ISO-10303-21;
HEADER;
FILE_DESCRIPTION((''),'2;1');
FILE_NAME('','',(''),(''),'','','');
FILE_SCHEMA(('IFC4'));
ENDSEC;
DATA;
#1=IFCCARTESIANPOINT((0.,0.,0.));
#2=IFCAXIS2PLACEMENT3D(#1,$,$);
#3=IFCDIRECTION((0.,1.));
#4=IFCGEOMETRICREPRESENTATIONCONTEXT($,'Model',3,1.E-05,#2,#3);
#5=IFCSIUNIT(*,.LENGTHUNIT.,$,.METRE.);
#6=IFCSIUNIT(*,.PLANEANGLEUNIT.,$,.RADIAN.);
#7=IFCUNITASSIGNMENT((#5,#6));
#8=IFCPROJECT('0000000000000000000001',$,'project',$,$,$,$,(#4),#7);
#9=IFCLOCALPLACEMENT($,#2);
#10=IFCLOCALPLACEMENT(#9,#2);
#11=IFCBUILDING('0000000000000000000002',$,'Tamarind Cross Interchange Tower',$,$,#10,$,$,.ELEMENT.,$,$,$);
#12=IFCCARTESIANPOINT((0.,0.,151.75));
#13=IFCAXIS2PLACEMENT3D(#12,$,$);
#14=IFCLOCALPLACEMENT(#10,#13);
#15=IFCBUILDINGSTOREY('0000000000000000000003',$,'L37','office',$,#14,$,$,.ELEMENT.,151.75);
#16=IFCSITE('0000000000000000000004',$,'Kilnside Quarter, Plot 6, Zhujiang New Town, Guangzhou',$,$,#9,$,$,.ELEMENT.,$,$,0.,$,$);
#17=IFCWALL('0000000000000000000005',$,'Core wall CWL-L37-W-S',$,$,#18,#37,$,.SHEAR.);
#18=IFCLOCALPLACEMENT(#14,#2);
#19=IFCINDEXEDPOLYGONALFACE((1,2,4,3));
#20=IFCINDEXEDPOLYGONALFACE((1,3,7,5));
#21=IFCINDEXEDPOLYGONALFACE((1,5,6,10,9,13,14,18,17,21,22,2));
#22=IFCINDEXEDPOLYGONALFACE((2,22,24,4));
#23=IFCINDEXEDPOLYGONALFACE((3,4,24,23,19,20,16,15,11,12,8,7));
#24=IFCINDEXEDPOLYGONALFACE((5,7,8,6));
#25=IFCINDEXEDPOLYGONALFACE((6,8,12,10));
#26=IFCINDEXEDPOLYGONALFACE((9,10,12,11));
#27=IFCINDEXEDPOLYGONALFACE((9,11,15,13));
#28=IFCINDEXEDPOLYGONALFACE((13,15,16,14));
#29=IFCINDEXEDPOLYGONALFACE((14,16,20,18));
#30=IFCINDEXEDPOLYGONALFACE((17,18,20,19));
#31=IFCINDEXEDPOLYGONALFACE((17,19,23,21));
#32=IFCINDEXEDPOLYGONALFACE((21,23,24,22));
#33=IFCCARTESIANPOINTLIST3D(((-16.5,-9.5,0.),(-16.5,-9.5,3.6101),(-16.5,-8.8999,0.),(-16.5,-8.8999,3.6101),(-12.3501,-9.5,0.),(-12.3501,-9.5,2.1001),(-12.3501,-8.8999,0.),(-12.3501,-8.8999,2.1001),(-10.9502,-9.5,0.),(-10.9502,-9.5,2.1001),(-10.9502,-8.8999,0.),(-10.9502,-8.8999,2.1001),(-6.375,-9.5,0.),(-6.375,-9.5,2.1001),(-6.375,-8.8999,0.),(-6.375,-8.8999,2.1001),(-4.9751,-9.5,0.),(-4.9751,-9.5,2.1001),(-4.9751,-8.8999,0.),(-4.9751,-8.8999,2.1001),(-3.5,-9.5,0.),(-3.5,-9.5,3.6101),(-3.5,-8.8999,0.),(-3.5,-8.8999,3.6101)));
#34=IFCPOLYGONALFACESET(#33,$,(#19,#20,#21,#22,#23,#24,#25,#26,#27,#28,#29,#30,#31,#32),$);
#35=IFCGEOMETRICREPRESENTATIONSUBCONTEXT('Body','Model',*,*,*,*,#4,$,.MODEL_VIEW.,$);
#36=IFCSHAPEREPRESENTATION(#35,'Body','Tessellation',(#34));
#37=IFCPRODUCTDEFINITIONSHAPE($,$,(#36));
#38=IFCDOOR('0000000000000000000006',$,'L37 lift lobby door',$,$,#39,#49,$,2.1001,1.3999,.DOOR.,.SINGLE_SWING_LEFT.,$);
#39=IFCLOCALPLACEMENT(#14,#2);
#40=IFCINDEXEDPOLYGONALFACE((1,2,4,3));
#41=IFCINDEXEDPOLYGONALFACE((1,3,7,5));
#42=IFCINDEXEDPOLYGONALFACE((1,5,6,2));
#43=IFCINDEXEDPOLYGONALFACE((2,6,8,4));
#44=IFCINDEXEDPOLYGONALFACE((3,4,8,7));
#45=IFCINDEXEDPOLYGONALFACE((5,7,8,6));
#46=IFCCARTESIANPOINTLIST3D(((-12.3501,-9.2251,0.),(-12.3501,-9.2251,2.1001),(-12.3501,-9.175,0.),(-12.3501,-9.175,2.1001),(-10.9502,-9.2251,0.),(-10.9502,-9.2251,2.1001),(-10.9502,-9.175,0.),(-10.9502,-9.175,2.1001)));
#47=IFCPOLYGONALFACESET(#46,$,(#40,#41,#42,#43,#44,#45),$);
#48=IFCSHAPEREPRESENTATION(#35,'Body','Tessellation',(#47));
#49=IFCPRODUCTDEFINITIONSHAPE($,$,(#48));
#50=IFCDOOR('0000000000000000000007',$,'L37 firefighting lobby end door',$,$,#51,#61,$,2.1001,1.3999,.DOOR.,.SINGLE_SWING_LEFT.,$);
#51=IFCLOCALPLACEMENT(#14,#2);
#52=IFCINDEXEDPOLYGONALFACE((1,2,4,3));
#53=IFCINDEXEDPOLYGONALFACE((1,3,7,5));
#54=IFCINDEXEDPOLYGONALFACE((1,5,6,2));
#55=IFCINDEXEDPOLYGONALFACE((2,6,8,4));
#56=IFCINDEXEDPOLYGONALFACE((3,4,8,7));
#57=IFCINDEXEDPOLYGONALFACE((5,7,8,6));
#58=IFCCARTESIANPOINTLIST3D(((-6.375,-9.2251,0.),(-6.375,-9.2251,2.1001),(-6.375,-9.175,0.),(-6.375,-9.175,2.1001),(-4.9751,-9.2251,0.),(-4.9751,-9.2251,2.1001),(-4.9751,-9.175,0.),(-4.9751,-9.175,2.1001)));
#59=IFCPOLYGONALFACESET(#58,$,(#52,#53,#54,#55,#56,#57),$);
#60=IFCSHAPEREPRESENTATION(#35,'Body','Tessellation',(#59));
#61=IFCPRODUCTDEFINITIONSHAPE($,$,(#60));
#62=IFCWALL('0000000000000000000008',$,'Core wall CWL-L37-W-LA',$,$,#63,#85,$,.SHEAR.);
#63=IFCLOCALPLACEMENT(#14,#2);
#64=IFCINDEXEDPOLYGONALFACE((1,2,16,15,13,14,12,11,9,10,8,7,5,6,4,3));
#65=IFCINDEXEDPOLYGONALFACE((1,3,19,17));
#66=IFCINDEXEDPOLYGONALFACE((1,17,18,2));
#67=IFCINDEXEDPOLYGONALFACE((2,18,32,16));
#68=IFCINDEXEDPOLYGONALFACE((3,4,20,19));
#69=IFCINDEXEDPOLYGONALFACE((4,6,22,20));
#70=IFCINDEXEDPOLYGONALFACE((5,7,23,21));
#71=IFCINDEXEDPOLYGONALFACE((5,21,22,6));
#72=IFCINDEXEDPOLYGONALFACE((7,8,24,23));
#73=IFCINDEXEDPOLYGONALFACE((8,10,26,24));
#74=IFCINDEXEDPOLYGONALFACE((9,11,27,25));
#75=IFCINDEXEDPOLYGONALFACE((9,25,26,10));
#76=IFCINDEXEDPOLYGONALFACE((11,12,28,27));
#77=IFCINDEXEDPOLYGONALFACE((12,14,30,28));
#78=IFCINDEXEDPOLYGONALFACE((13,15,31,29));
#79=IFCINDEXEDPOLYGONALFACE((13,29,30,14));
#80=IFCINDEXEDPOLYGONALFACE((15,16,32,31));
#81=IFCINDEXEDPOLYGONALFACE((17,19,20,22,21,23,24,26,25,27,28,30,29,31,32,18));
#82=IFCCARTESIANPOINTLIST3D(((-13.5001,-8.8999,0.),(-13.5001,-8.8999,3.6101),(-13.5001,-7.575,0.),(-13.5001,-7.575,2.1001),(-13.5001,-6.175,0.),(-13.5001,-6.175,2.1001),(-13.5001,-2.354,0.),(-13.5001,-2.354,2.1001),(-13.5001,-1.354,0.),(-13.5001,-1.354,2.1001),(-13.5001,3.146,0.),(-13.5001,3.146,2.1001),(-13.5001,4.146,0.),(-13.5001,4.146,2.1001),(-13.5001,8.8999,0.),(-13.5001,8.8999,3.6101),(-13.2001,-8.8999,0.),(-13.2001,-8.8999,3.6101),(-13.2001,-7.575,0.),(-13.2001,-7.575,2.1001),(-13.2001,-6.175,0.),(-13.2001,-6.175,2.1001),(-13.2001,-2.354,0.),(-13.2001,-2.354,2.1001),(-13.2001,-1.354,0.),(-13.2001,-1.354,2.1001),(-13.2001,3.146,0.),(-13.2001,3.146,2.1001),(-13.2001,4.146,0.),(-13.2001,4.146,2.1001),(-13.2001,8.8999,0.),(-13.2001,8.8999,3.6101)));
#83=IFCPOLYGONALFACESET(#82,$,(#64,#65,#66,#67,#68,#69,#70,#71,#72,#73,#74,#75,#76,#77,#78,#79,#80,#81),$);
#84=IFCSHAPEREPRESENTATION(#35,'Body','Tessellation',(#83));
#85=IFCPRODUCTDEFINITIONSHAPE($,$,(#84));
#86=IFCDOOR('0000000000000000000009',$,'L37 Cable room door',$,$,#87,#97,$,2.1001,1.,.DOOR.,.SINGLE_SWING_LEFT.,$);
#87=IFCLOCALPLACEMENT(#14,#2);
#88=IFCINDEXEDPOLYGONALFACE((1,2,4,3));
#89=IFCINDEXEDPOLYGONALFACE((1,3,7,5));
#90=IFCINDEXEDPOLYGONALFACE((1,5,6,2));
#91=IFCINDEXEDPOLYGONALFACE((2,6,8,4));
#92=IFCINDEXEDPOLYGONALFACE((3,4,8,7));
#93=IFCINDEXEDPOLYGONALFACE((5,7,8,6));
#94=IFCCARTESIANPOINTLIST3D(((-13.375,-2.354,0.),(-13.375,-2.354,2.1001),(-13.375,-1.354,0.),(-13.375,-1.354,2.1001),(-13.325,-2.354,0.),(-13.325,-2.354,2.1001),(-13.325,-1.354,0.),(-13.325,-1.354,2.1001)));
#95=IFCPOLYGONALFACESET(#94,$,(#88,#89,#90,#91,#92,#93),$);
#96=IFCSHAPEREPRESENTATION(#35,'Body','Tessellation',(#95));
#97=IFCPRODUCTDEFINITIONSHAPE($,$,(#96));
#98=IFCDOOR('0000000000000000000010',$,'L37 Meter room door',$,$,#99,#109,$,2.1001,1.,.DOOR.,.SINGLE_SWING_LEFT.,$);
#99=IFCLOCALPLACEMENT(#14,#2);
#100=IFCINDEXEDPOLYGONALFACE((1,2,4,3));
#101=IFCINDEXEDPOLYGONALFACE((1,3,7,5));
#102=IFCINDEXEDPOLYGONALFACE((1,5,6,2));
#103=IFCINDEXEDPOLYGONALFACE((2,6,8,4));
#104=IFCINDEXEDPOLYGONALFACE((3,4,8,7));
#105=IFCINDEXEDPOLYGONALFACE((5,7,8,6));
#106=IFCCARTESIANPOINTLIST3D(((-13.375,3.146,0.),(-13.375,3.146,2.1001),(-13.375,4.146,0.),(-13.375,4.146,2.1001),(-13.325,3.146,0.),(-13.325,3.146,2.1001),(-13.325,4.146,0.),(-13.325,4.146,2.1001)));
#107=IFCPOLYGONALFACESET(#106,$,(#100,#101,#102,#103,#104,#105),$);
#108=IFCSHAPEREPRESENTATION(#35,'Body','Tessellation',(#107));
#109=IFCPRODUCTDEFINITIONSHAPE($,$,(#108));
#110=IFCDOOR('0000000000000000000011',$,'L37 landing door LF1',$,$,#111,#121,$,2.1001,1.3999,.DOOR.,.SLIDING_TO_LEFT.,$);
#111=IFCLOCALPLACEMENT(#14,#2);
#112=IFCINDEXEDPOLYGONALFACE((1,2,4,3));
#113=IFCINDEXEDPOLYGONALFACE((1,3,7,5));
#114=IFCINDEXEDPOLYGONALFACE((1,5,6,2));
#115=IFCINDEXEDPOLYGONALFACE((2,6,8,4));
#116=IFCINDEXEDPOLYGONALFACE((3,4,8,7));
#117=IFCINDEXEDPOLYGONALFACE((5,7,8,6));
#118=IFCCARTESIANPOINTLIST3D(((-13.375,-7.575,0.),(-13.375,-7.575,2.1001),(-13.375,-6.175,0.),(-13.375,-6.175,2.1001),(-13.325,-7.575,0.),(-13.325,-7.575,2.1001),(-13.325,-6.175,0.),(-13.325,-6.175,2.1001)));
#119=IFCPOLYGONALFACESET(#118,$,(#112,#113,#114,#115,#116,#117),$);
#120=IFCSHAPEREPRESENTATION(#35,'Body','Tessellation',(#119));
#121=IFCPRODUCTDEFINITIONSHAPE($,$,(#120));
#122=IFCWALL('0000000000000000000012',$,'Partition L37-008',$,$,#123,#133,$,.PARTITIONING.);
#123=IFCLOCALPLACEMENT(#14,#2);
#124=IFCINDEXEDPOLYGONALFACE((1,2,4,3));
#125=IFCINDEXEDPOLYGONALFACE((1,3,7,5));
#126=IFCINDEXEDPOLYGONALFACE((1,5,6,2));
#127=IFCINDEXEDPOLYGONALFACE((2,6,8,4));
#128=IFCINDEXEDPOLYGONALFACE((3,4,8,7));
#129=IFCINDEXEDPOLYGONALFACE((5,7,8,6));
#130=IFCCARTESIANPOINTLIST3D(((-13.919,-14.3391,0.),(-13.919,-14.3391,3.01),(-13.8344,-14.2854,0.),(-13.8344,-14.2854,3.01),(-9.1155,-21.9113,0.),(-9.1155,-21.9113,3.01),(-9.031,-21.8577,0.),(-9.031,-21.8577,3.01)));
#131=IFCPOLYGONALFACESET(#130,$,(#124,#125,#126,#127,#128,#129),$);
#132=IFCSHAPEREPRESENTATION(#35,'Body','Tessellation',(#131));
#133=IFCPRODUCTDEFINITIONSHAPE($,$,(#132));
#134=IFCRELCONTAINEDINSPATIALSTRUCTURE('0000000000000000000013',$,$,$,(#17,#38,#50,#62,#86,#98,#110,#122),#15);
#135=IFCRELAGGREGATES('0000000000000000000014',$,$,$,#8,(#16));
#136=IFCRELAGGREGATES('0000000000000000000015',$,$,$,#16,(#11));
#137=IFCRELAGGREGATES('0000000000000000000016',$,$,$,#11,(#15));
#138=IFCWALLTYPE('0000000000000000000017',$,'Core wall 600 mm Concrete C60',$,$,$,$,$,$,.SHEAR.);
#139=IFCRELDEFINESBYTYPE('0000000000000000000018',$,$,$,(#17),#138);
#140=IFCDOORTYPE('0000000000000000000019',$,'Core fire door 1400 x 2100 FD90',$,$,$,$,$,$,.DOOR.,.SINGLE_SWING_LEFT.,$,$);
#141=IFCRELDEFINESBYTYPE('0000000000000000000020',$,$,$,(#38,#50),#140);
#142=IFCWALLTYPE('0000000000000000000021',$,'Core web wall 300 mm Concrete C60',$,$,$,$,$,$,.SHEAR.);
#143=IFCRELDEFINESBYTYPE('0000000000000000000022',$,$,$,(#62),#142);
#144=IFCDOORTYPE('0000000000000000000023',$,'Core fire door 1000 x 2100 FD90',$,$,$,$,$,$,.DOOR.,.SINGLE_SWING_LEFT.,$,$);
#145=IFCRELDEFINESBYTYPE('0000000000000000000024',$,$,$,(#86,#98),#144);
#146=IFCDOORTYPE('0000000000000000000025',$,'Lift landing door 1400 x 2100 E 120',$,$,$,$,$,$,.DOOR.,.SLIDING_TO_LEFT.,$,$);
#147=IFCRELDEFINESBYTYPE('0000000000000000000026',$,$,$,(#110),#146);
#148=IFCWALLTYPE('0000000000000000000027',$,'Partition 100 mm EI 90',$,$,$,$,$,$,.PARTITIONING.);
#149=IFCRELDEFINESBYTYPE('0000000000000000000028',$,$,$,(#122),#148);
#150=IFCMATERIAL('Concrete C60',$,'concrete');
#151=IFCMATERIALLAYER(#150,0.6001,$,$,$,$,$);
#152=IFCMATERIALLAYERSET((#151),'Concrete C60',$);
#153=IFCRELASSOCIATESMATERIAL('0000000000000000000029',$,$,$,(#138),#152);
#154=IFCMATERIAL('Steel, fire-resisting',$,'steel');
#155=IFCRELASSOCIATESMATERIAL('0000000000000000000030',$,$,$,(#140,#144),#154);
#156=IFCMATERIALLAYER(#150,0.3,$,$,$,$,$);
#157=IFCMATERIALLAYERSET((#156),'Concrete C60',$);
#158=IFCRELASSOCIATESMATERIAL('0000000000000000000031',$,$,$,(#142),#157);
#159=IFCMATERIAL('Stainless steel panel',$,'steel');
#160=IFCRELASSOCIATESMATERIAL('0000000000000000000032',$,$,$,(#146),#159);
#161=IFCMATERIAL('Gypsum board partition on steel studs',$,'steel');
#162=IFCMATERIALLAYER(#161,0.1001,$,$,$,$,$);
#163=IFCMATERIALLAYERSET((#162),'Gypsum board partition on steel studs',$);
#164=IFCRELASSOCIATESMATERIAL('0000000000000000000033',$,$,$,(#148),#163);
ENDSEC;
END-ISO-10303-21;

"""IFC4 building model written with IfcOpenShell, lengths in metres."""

from ifc_helpers import new_model, si_unit, direction, frame, frame_2d, origin, place, context, subcontext, project, spatial, rectangle, extrude, material, layer, layer_set, type_object, element, fill, save


model = new_model("IFC4")

# Units and contexts
model_context = context("Model", 3, precision=1e-05, world=origin(), true_north=direction((0.0, 1.0)))
body_context = subcontext(model_context, "Body", "Model", "MODEL_VIEW")
ifc_project = project(units=[si_unit("LENGTHUNIT", "METRE"), si_unit("PLANEANGLEUNIT", "RADIAN")], contexts=[model_context])

# Site, building, storey
site_placement = place(None, origin())
site = spatial("IfcSite", under=ifc_project, at=site_placement, Name="Kilnside Quarter, Plot 6, Zhujiang New Town, Guangzhou", CompositionType="ELEMENT", RefElevation=0.0)
building_placement = place(site_placement, origin())
building = spatial("IfcBuilding", under=site, at=building_placement, Name="Tamarind Cross Interchange Tower", CompositionType="ELEMENT")
storey_placement = place(building_placement, frame((0.0, 0.0, 151.75)))
storey = spatial("IfcBuildingStorey", under=building, at=storey_placement, Name="L37", Description="office", CompositionType="ELEMENT", Elevation=151.75)

# Shared definitions
ifc_material_1 = material(Name="Concrete C60", Category="concrete")

# Walls, openings, doors
ifc_layer_1 = layer(ifc_material_1, 0.6001)
ifc_layer_set_1 = layer_set([ifc_layer_1], Name="Concrete C60")
wall_type_1 = type_object("IfcWallType", Name="Core wall 600 mm Concrete C60", PredefinedType="SHEAR", material=ifc_layer_set_1)
wall_1_placement = place(storey_placement, frame((-16.5, -9.2, 0.0), z_axis=(0.0, 0.0, 1.0), x_axis=(1.0, 0.0, 0.0)))
wall_1 = element("IfcWall", 1, at=wall_1_placement, inside=storey, type_object=wall_type_1, Name="Core wall CWL-L37-W-S", PredefinedType="SHEAR", context=body_context, shape_type="SweptSolid", body=[
    extrude(rectangle(XDim=13.0, YDim=0.6001, at=frame_2d((6.5, 0.0))), origin(), (0.0, 0.0, 1.0), 3.6101),
])
opening_1_placement = place(wall_1_placement, frame((4.1499, 0.0, 0.0)))
opening_1 = element("IfcOpeningElement", 2, at=opening_1_placement, cuts=wall_1, PredefinedType="OPENING", context=body_context, shape_type="SweptSolid", body=[
    extrude(rectangle(XDim=1.3999, YDim=2.1001, at=frame_2d((0.7, 1.05))), frame((0.0, 0.3101, 0.0), z_axis=(0.0, -1.0, 0.0), x_axis=(1.0, 0.0, 0.0)), (0.0, 0.0, 1.0), 0.6201),
])
opening_2_placement = place(wall_1_placement, frame((10.125, 0.0, 0.0)))
opening_2 = element("IfcOpeningElement", 3, at=opening_2_placement, cuts=wall_1, PredefinedType="OPENING", context=body_context, shape_type="SweptSolid", body=[
    extrude(rectangle(XDim=1.3999, YDim=2.1001, at=frame_2d((0.7, 1.05))), frame((0.0, 0.3101, 0.0), z_axis=(0.0, -1.0, 0.0), x_axis=(1.0, 0.0, 0.0)), (0.0, 0.0, 1.0), 0.6201),
])
ifc_material_2 = material(Name="Steel, fire-resisting", Category="steel")
door_type_1 = type_object("IfcDoorType", Name="Core fire door 1400 x 2100 FD90", OperationType="SINGLE_SWING_LEFT", PredefinedType="DOOR", material=ifc_material_2)
door_1_placement = place(opening_1_placement, origin())
door_1 = element("IfcDoor", 4, at=door_1_placement, inside=storey, type_object=door_type_1, Name="L37 lift lobby door", OperationType="SINGLE_SWING_LEFT", OverallHeight=2.1001, OverallWidth=1.3999, PredefinedType="DOOR", context=body_context, shape_type="SweptSolid", body=[
    extrude(rectangle(XDim=1.3999, YDim=2.1001, at=frame_2d((0.7, 1.05))), frame((0.0, 0.0249, 0.0), z_axis=(0.0, -1.0, 0.0), x_axis=(1.0, 0.0, 0.0)), (0.0, 0.0, 1.0), 0.05),
])
fill(opening_1, door_1)
door_2_placement = place(opening_2_placement, origin())
door_2 = element("IfcDoor", 5, at=door_2_placement, inside=storey, type_object=door_type_1, Name="L37 firefighting lobby end door", OperationType="SINGLE_SWING_LEFT", OverallHeight=2.1001, OverallWidth=1.3999, PredefinedType="DOOR", context=body_context, shape_type="SweptSolid", body=[
    extrude(rectangle(XDim=1.3999, YDim=2.1001, at=frame_2d((0.7, 1.05))), frame((0.0, 0.0249, 0.0), z_axis=(0.0, -1.0, 0.0), x_axis=(1.0, 0.0, 0.0)), (0.0, 0.0, 1.0), 0.05),
])
fill(opening_2, door_2)
ifc_layer_2 = layer(ifc_material_1, 0.3)
ifc_layer_set_2 = layer_set([ifc_layer_2], Name="Concrete C60")
wall_type_2 = type_object("IfcWallType", Name="Core web wall 300 mm Concrete C60", PredefinedType="SHEAR", material=ifc_layer_set_2)
wall_2_placement = place(storey_placement, frame((-13.3501, -8.8999, 0.0), z_axis=(0.0, 0.0, 1.0), x_axis=(0.0, 1.0, 0.0)))
wall_2 = element("IfcWall", 6, at=wall_2_placement, inside=storey, type_object=wall_type_2, Name="Core wall CWL-L37-W-LA", PredefinedType="SHEAR", context=body_context, shape_type="SweptSolid", body=[
    extrude(rectangle(XDim=17.7998, YDim=0.3, at=frame_2d((8.8999, 0.0))), origin(), (0.0, 0.0, 1.0), 3.6101),
])
opening_3_placement = place(wall_2_placement, frame((1.325, 0.0, 0.0)))
opening_3 = element("IfcOpeningElement", 7, at=opening_3_placement, cuts=wall_2, PredefinedType="OPENING", context=body_context, shape_type="SweptSolid", body=[
    extrude(rectangle(XDim=1.3999, YDim=2.1001, at=frame_2d((0.7, 1.05))), frame((0.0, 0.1599, 0.0), z_axis=(0.0, -1.0, 0.0), x_axis=(1.0, 0.0, 0.0)), (0.0, 0.0, 1.0), 0.3201),
])
opening_4_placement = place(wall_2_placement, frame((6.5459, 0.0, 0.0)))
opening_4 = element("IfcOpeningElement", 8, at=opening_4_placement, cuts=wall_2, PredefinedType="OPENING", context=body_context, shape_type="SweptSolid", body=[
    extrude(rectangle(XDim=1.0, YDim=2.1001, at=frame_2d((0.5, 1.05))), frame((0.0, 0.1599, 0.0), z_axis=(0.0, -1.0, 0.0), x_axis=(1.0, 0.0, 0.0)), (0.0, 0.0, 1.0), 0.3201),
])
opening_5_placement = place(wall_2_placement, frame((12.0459, 0.0, 0.0)))
opening_5 = element("IfcOpeningElement", 9, at=opening_5_placement, cuts=wall_2, PredefinedType="OPENING", context=body_context, shape_type="SweptSolid", body=[
    extrude(rectangle(XDim=1.0, YDim=2.1001, at=frame_2d((0.5, 1.05))), frame((0.0, 0.1599, 0.0), z_axis=(0.0, -1.0, 0.0), x_axis=(1.0, 0.0, 0.0)), (0.0, 0.0, 1.0), 0.3201),
])
door_type_2 = type_object("IfcDoorType", Name="Core fire door 1000 x 2100 FD90", OperationType="SINGLE_SWING_LEFT", PredefinedType="DOOR", material=ifc_material_2)
door_3_placement = place(opening_4_placement, origin())
door_3 = element("IfcDoor", 10, at=door_3_placement, inside=storey, type_object=door_type_2, Name="L37 Cable room door", OperationType="SINGLE_SWING_LEFT", OverallHeight=2.1001, OverallWidth=1.0, PredefinedType="DOOR", context=body_context, shape_type="SweptSolid", body=[
    extrude(rectangle(XDim=1.0, YDim=2.1001, at=frame_2d((0.5, 1.05))), frame((0.0, 0.0249, 0.0), z_axis=(0.0, -1.0, 0.0), x_axis=(1.0, 0.0, 0.0)), (0.0, 0.0, 1.0), 0.05),
])
fill(opening_4, door_3)
door_4_placement = place(opening_5_placement, origin())
door_4 = element("IfcDoor", 11, at=door_4_placement, inside=storey, type_object=door_type_2, Name="L37 Meter room door", OperationType="SINGLE_SWING_LEFT", OverallHeight=2.1001, OverallWidth=1.0, PredefinedType="DOOR", context=body_context, shape_type="SweptSolid", body=[
    extrude(rectangle(XDim=1.0, YDim=2.1001, at=frame_2d((0.5, 1.05))), frame((0.0, 0.0249, 0.0), z_axis=(0.0, -1.0, 0.0), x_axis=(1.0, 0.0, 0.0)), (0.0, 0.0, 1.0), 0.05),
])
fill(opening_5, door_4)
ifc_material_3 = material(Name="Stainless steel panel", Category="steel")
door_type_3 = type_object("IfcDoorType", Name="Lift landing door 1400 x 2100 E 120", OperationType="SLIDING_TO_LEFT", PredefinedType="DOOR", material=ifc_material_3)
door_5_placement = place(opening_3_placement, origin())
door_5 = element("IfcDoor", 12, at=door_5_placement, inside=storey, type_object=door_type_3, Name="L37 landing door LF1", OperationType="SLIDING_TO_LEFT", OverallHeight=2.1001, OverallWidth=1.3999, PredefinedType="DOOR", context=body_context, shape_type="SweptSolid", body=[
    extrude(rectangle(XDim=1.3999, YDim=2.1001, at=frame_2d((0.7, 1.05))), frame((0.0, 0.0249, 0.0), z_axis=(0.0, -1.0, 0.0), x_axis=(1.0, 0.0, 0.0)), (0.0, 0.0, 1.0), 0.05),
])
fill(opening_3, door_5)

# Wall
ifc_material_4 = material(Name="Gypsum board partition on steel studs", Category="steel")
ifc_layer_3 = layer(ifc_material_4, 0.1001)
ifc_layer_set_3 = layer_set([ifc_layer_3], Name="Gypsum board partition on steel studs")
wall_type_3 = type_object("IfcWallType", Name="Partition 100 mm EI 90", PredefinedType="PARTITIONING", material=ifc_layer_set_3)
wall_3_placement = place(storey_placement, frame((-13.8767, -14.3123, 0.0), z_axis=(0.0, 0.0, 1.0), x_axis=(0.535665, -0.844431, 0.0)))
element("IfcWall", 13, at=wall_3_placement, inside=storey, type_object=wall_type_3, Name="Partition L37-008", PredefinedType="PARTITIONING", context=body_context, shape_type="SweptSolid", body=[
    extrude(rectangle(XDim=8.9673, YDim=0.1001, at=frame_2d((4.4836, 0.0))), origin(), (0.0, 0.0, 1.0), 3.01),
])

save(model, "model.ifc")
